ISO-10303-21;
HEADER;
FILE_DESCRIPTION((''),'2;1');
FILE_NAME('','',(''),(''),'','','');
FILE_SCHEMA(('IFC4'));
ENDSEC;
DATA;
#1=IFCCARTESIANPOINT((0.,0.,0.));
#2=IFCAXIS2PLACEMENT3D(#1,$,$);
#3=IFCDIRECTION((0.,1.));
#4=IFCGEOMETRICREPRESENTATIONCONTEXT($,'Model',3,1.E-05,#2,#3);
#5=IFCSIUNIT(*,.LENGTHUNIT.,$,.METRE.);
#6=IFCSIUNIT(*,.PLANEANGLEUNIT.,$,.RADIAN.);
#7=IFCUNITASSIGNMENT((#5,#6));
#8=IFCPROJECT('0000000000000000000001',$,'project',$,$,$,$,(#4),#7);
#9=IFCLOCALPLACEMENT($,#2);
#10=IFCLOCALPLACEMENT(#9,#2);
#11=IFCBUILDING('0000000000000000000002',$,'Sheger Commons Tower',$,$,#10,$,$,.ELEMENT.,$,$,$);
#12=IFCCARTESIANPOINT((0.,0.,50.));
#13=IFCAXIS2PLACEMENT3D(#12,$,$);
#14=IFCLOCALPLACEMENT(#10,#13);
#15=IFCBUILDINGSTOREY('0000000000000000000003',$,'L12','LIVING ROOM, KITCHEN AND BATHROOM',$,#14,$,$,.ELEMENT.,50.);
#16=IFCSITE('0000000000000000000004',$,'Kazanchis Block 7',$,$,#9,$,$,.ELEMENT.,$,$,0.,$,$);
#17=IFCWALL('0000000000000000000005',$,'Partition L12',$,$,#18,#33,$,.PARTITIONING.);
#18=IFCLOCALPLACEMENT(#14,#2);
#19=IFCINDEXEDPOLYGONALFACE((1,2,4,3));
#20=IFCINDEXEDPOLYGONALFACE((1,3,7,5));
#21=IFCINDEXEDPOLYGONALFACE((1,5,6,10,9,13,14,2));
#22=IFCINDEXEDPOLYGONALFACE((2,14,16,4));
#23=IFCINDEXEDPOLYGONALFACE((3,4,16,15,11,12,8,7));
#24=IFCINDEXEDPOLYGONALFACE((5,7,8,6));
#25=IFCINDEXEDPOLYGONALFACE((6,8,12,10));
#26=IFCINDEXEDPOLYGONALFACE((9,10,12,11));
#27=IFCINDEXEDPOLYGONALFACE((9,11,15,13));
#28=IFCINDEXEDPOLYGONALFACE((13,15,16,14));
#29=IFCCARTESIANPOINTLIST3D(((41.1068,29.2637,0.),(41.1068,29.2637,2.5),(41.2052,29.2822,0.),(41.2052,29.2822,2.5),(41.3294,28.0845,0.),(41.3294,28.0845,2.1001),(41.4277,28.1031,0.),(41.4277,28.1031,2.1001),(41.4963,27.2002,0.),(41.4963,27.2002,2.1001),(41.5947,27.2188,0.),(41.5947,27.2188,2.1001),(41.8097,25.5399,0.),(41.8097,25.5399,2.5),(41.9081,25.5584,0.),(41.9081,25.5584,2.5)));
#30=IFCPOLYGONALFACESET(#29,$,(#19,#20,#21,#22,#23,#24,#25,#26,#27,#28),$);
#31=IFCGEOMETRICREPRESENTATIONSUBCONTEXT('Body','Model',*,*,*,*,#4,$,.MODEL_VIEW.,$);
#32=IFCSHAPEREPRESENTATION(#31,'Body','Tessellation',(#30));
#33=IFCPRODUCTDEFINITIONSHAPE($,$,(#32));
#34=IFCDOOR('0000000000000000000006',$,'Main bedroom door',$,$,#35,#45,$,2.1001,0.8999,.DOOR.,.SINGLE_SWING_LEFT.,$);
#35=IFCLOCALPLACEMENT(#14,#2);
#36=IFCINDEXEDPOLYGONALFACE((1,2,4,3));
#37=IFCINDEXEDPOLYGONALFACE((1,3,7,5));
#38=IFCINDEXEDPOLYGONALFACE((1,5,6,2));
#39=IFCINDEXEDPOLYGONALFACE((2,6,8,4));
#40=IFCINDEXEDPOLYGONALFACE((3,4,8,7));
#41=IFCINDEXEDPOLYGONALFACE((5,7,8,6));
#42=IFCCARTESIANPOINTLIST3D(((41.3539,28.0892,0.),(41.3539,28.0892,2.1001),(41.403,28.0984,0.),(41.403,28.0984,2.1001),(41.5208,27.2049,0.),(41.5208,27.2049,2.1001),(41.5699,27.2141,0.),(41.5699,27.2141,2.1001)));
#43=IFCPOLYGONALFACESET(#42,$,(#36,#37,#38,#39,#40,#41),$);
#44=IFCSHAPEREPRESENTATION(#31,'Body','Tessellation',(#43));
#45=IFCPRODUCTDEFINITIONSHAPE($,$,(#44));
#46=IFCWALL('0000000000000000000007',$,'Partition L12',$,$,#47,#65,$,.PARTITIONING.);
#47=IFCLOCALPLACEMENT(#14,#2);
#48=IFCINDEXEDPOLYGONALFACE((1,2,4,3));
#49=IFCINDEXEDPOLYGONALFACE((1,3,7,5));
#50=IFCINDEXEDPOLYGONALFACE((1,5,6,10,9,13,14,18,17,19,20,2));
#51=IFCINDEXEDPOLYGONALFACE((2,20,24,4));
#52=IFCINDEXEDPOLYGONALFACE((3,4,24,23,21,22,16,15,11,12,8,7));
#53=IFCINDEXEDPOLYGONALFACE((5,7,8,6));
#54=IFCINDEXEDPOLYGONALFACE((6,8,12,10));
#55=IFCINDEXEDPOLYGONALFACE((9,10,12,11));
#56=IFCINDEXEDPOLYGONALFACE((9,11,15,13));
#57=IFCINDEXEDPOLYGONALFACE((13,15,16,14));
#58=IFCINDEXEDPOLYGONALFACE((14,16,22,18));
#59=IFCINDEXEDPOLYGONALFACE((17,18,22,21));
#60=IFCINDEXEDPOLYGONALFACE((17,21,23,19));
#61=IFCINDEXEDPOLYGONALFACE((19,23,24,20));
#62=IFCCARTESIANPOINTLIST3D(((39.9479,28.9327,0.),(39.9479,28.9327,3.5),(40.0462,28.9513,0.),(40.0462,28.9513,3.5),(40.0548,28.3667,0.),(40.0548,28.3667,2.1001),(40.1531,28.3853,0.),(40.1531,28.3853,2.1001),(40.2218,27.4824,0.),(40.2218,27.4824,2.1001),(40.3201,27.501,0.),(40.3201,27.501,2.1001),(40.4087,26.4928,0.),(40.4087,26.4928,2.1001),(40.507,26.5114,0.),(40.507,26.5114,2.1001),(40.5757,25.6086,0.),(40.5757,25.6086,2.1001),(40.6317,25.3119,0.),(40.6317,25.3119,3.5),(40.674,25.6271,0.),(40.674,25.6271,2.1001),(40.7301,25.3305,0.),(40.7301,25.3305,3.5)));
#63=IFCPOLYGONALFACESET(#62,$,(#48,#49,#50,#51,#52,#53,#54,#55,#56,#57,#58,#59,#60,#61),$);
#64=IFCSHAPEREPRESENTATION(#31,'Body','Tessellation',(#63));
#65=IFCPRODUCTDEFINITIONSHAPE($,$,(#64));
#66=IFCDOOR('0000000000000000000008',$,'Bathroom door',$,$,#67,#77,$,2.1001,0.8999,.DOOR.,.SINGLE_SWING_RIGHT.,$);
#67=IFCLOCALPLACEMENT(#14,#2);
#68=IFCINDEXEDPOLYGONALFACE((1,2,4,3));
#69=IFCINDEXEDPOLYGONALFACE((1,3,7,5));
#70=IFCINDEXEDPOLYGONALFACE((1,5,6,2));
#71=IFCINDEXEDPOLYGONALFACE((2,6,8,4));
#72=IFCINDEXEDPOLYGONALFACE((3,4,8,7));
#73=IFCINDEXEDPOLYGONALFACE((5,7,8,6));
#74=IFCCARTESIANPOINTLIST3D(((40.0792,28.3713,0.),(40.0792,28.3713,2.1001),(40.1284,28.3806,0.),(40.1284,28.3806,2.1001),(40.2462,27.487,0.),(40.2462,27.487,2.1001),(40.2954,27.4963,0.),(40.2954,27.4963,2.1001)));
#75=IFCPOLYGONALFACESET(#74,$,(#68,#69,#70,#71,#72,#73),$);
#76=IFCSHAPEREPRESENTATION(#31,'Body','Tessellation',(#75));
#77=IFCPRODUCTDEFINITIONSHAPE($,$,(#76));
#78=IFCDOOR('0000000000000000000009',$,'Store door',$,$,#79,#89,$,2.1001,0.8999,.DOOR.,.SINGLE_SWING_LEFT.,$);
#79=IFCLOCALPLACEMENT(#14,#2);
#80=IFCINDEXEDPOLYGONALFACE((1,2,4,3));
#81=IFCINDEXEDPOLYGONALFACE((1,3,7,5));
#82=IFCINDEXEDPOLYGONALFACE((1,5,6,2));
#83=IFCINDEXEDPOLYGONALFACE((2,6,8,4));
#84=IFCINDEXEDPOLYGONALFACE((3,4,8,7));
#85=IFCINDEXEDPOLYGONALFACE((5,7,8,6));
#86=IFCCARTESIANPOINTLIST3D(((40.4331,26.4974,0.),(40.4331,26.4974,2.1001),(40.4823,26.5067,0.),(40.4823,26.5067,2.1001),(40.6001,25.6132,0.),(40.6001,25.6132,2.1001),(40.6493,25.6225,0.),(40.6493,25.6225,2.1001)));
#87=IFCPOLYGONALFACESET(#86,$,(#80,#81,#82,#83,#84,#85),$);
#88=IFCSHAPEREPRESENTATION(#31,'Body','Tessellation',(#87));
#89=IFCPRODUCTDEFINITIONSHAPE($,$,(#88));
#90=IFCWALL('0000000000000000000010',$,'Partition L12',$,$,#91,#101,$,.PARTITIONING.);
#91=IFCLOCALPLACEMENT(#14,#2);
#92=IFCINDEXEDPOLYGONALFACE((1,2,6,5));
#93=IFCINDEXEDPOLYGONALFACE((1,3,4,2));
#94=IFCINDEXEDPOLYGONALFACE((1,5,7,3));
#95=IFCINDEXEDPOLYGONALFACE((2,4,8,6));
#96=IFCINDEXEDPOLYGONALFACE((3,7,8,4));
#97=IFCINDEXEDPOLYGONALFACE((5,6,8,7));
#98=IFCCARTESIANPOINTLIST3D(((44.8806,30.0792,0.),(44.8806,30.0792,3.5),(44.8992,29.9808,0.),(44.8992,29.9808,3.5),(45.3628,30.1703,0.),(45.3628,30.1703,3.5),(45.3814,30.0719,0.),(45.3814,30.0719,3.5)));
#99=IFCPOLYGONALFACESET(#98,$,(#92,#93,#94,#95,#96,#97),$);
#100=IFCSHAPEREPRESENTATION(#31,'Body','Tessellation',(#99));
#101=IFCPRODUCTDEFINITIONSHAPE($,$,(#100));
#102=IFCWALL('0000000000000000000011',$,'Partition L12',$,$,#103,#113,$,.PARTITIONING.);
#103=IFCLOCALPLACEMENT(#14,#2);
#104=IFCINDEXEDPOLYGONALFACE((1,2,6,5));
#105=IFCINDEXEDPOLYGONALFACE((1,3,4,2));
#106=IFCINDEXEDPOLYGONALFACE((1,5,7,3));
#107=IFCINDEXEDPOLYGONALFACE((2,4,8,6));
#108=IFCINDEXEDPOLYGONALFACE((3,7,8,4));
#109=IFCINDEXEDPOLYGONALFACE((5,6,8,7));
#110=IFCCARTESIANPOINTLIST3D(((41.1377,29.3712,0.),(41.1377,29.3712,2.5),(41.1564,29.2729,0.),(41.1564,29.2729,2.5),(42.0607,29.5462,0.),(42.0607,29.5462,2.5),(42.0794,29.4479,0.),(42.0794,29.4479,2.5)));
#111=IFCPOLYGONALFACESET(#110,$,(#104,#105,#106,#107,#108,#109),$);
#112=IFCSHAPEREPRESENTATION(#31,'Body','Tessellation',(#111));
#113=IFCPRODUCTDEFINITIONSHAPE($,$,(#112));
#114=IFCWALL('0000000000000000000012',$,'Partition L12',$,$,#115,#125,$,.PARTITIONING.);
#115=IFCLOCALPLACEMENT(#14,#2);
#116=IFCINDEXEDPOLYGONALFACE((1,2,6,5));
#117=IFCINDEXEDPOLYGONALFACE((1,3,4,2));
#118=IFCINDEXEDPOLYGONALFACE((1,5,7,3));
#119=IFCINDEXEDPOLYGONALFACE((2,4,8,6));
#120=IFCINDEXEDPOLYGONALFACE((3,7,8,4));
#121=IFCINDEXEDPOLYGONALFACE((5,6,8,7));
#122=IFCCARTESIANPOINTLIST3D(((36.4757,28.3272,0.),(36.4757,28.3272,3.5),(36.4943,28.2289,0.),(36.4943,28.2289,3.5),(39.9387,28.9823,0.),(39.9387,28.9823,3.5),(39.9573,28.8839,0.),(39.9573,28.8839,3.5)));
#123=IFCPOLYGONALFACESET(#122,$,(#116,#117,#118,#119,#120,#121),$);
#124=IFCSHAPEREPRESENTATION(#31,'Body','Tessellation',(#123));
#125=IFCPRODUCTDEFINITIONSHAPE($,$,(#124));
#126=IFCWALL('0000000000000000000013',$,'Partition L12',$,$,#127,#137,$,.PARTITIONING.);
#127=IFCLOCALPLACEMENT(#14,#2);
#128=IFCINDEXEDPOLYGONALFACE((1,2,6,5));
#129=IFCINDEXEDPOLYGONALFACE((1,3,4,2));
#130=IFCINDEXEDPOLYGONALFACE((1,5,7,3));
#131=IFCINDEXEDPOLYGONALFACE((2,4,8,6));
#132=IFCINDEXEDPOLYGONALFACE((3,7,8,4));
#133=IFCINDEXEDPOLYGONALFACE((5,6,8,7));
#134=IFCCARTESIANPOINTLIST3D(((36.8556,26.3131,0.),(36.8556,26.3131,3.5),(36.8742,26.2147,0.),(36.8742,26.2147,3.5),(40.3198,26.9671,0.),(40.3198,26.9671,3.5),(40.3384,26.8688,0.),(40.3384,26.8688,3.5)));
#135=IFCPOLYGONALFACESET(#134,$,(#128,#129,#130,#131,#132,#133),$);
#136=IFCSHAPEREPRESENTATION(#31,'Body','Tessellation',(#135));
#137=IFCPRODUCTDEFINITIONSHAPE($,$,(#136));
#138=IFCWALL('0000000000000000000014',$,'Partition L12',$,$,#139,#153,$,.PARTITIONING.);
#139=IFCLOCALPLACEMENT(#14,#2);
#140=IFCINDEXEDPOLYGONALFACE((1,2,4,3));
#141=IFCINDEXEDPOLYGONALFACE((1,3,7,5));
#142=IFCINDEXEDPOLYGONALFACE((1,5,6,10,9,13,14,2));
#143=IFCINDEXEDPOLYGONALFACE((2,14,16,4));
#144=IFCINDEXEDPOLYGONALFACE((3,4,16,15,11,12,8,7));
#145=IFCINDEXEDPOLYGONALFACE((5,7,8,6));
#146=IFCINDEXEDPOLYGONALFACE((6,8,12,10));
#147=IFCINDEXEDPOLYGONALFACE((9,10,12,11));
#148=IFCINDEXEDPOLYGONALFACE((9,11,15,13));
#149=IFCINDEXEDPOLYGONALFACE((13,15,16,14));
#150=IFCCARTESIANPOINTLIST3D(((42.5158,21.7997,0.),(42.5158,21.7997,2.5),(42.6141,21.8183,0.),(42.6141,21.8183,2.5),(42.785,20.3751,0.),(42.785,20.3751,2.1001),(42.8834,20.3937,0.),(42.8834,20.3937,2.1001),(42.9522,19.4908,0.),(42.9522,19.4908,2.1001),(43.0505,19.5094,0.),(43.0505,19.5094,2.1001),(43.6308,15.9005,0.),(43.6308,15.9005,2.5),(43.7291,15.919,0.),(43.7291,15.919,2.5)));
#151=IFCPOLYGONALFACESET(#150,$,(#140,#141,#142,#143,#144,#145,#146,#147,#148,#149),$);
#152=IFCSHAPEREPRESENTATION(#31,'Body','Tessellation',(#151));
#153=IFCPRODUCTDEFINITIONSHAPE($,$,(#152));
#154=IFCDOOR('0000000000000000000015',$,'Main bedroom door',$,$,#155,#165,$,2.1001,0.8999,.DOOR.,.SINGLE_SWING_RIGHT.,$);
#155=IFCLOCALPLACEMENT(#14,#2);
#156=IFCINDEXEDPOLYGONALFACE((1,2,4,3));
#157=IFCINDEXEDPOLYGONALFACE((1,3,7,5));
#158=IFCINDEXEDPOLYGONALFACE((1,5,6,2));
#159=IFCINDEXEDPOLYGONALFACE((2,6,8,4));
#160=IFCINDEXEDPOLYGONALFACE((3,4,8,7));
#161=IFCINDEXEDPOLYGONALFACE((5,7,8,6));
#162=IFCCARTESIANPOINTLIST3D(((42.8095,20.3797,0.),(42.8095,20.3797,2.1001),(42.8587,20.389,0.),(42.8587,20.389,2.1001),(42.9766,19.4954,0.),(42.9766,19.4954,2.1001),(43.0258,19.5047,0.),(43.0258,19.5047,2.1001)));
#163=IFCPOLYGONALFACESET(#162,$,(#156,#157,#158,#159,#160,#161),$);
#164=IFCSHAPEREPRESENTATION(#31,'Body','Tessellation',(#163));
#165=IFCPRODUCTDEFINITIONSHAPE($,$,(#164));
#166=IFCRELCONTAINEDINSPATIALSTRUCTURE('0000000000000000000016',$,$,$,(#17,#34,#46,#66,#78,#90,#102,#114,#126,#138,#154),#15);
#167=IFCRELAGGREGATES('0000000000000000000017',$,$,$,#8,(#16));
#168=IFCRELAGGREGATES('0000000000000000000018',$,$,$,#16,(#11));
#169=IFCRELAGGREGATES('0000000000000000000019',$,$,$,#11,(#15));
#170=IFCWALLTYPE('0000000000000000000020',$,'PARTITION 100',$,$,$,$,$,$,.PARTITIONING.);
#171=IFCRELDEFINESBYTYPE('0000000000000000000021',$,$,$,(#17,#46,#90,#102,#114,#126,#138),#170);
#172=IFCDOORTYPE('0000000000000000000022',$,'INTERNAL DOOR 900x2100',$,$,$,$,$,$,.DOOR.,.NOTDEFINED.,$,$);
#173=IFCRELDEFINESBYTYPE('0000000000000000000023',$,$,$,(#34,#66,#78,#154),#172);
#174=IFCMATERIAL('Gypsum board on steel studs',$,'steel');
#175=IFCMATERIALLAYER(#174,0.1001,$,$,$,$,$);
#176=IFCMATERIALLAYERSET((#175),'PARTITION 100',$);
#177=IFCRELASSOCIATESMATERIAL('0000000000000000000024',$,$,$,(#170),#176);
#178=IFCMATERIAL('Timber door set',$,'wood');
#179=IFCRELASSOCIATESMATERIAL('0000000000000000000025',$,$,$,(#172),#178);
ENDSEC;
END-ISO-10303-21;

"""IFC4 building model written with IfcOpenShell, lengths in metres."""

from ifc_helpers import new_model, si_unit, direction, frame, frame_2d, origin, place, context, subcontext, project, spatial, rectangle, extrude, material, layer, layer_set, type_object, element, fill, save


model = new_model("IFC4")

# Units and contexts
model_context = context("Model", 3, precision=1e-05, world=origin(), true_north=direction((0.0, 1.0)))
body_context = subcontext(model_context, "Body", "Model", "MODEL_VIEW")
ifc_project = project(units=[si_unit("LENGTHUNIT", "METRE"), si_unit("PLANEANGLEUNIT", "RADIAN")], contexts=[model_context])

# Site, building, storey
site_placement = place(None, origin())
site = spatial("IfcSite", under=ifc_project, at=site_placement, Name="Kazanchis Block 7", CompositionType="ELEMENT", RefElevation=0.0)
building_placement = place(site_placement, origin())
building = spatial("IfcBuilding", under=site, at=building_placement, Name="Sheger Commons Tower", CompositionType="ELEMENT")
storey_placement = place(building_placement, frame((0.0, 0.0, 50.0)))
storey = spatial("IfcBuildingStorey", under=building, at=storey_placement, Name="L12", Description="LIVING ROOM, KITCHEN AND BATHROOM", CompositionType="ELEMENT", Elevation=50.0)

# Shared definitions
ifc_material_1 = material(Name="Gypsum board on steel studs", Category="steel")
ifc_layer_1 = layer(ifc_material_1, 0.1001)
ifc_layer_set_1 = layer_set([ifc_layer_1], Name="PARTITION 100")
wall_type_1 = type_object("IfcWallType", Name="PARTITION 100", PredefinedType="PARTITIONING", material=ifc_layer_set_1)

# Wall, opening, door
wall_1_placement = place(storey_placement, frame((41.156, 29.2729, 0.0), z_axis=(0.0, 0.0, 1.0), x_axis=(0.185475, -0.982649, 0.0)))
wall_1 = element("IfcWall", 1, at=wall_1_placement, inside=storey, type_object=wall_type_1, Name="Partition L12", PredefinedType="PARTITIONING", context=body_context, shape_type="SweptSolid", body=[
    extrude(rectangle(XDim=3.7896, YDim=0.1001, at=frame_2d((1.8948, 0.0))), origin(), (0.0, 0.0, 1.0), 2.5),
])
opening_1_placement = place(wall_1_placement, frame((1.2, 0.0, 0.0)))
opening_1 = element("IfcOpeningElement", 2, at=opening_1_placement, cuts=wall_1, PredefinedType="OPENING", context=body_context, shape_type="SweptSolid", body=[
    extrude(rectangle(XDim=0.8999, YDim=2.1001, at=frame_2d((0.45, 1.05))), frame((0.0, 0.0601, 0.0), z_axis=(0.0, -1.0, 0.0), x_axis=(1.0, 0.0, 0.0)), (0.0, 0.0, 1.0), 0.1201),
])
ifc_material_2 = material(Name="Timber door set", Category="wood")
door_type = type_object("IfcDoorType", Name="INTERNAL DOOR 900x2100", OperationType="NOTDEFINED", PredefinedType="DOOR", material=ifc_material_2)
door_1_placement = place(opening_1_placement, origin())
door_1 = element("IfcDoor", 3, at=door_1_placement, inside=storey, type_object=door_type, Name="Main bedroom door", OperationType="SINGLE_SWING_LEFT", OverallHeight=2.1001, OverallWidth=0.8999, PredefinedType="DOOR", context=body_context, shape_type="SweptSolid", body=[
    extrude(rectangle(XDim=0.8999, YDim=2.1001, at=frame_2d((0.45, 1.05))), frame((0.0, 0.0249, 0.0), z_axis=(0.0, -1.0, 0.0), x_axis=(1.0, 0.0, 0.0)), (0.0, 0.0, 1.0), 0.05),
])
fill(opening_1, door_1)

# Wall, openings, doors
wall_2_placement = place(storey_placement, frame((39.9971, 28.9419, 0.0), z_axis=(0.0, 0.0, 1.0), x_axis=(0.18558, -0.982629, 0.0)))
wall_2 = element("IfcWall", 4, at=wall_2_placement, inside=storey, type_object=wall_type_1, Name="Partition L12", PredefinedType="PARTITIONING", context=body_context, shape_type="SweptSolid", body=[
    extrude(rectangle(XDim=3.6848, YDim=0.1001, at=frame_2d((1.8423, 0.0))), origin(), (0.0, 0.0, 1.0), 3.5),
])
opening_2_placement = place(wall_2_placement, frame((0.5759, 0.0, 0.0)))
opening_2 = element("IfcOpeningElement", 5, at=opening_2_placement, cuts=wall_2, PredefinedType="OPENING", context=body_context, shape_type="SweptSolid", body=[
    extrude(rectangle(XDim=0.8999, YDim=2.1001, at=frame_2d((0.45, 1.05))), frame((0.0, 0.0601, 0.0), z_axis=(0.0, -1.0, 0.0), x_axis=(1.0, 0.0, 0.0)), (0.0, 0.0, 1.0), 0.1201),
])
opening_3_placement = place(wall_2_placement, frame((2.4829, 0.0, 0.0)))
opening_3 = element("IfcOpeningElement", 6, at=opening_3_placement, cuts=wall_2, PredefinedType="OPENING", context=body_context, shape_type="SweptSolid", body=[
    extrude(rectangle(XDim=0.8999, YDim=2.1001, at=frame_2d((0.45, 1.05))), frame((0.0, 0.0601, 0.0), z_axis=(0.0, -1.0, 0.0), x_axis=(1.0, 0.0, 0.0)), (0.0, 0.0, 1.0), 0.1201),
])
door_2_placement = place(opening_2_placement, origin())
door_2 = element("IfcDoor", 7, at=door_2_placement, inside=storey, type_object=door_type, Name="Bathroom door", OperationType="SINGLE_SWING_RIGHT", OverallHeight=2.1001, OverallWidth=0.8999, PredefinedType="DOOR", context=body_context, shape_type="SweptSolid", body=[
    extrude(rectangle(XDim=0.8999, YDim=2.1001, at=frame_2d((0.45, 1.05))), frame((0.0, 0.0249, 0.0), z_axis=(0.0, -1.0, 0.0), x_axis=(1.0, 0.0, 0.0)), (0.0, 0.0, 1.0), 0.05),
])
fill(opening_2, door_2)
door_3_placement = place(opening_3_placement, origin())
door_3 = element("IfcDoor", 8, at=door_3_placement, inside=storey, type_object=door_type, Name="Store door", OperationType="SINGLE_SWING_LEFT", OverallHeight=2.1001, OverallWidth=0.8999, PredefinedType="DOOR", context=body_context, shape_type="SweptSolid", body=[
    extrude(rectangle(XDim=0.8999, YDim=2.1001, at=frame_2d((0.45, 1.05))), frame((0.0, 0.0249, 0.0), z_axis=(0.0, -1.0, 0.0), x_axis=(1.0, 0.0, 0.0)), (0.0, 0.0, 1.0), 0.05),
])
fill(opening_3, door_3)

# Walls
wall_3_placement = place(storey_placement, frame((45.3721, 30.1211, 0.0), z_axis=(0.0, 0.0, 1.0), x_axis=(-0.982629, -0.18558, 0.0)))
element("IfcWall", 9, at=wall_3_placement, inside=storey, type_object=wall_type_1, Name="Partition L12", PredefinedType="PARTITIONING", context=body_context, shape_type="SweptSolid", body=[
    extrude(rectangle(XDim=0.4907, YDim=0.1001, at=frame_2d((0.2454, 0.0))), origin(), (0.0, 0.0, 1.0), 3.5),
])
wall_4_placement = place(storey_placement, frame((42.0701, 29.4971, 0.0), z_axis=(0.0, 0.0, 1.0), x_axis=(-0.982491, -0.186312, 0.0)))
element("IfcWall", 10, at=wall_4_placement, inside=storey, type_object=wall_type_1, Name="Partition L12", PredefinedType="PARTITIONING", context=body_context, shape_type="SweptSolid", body=[
    extrude(rectangle(XDim=0.9395, YDim=0.1001, at=frame_2d((0.4697, 0.0))), origin(), (0.0, 0.0, 1.0), 2.5),
])
wall_5_placement = place(storey_placement, frame((39.948, 28.9331, 0.0), z_axis=(0.0, 0.0, 1.0), x_axis=(-0.982576, -0.185861, 0.0)))
element("IfcWall", 11, at=wall_5_placement, inside=storey, type_object=wall_type_1, Name="Partition L12", PredefinedType="PARTITIONING", context=body_context, shape_type="SweptSolid", body=[
    extrude(rectangle(XDim=3.5244, YDim=0.1001, at=frame_2d((1.7622, 0.0))), origin(), (0.0, 0.0, 1.0), 3.5),
])
wall_6_placement = place(storey_placement, frame((40.3291, 26.918, 0.0), z_axis=(0.0, 0.0, 1.0), x_axis=(-0.982639, -0.18553, 0.0)))
element("IfcWall", 12, at=wall_6_placement, inside=storey, type_object=wall_type_1, Name="Partition L12", PredefinedType="PARTITIONING", context=body_context, shape_type="SweptSolid", body=[
    extrude(rectangle(XDim=3.5254, YDim=0.1001, at=frame_2d((1.7627, 0.0))), origin(), (0.0, 0.0, 1.0), 3.5),
])

# Wall, opening, door
wall_7_placement = place(storey_placement, frame((42.5649, 21.8091, 0.0), z_axis=(0.0, 0.0, 1.0), x_axis=(0.18572, -0.982603, 0.0)))
wall_7 = element("IfcWall", 13, at=wall_7_placement, inside=storey, type_object=wall_type_1, Name="Partition L12", PredefinedType="PARTITIONING", context=body_context, shape_type="SweptSolid", body=[
    extrude(rectangle(XDim=6.0037, YDim=0.1001, at=frame_2d((3.002, 0.0))), origin(), (0.0, 0.0, 1.0), 2.5),
])
opening_4_placement = place(wall_7_placement, frame((1.45, 0.0, 0.0)))
opening_4 = element("IfcOpeningElement", 14, at=opening_4_placement, cuts=wall_7, PredefinedType="OPENING", context=body_context, shape_type="SweptSolid", body=[
    extrude(rectangle(XDim=0.8999, YDim=2.1001, at=frame_2d((0.45, 1.05))), frame((0.0, 0.0601, 0.0), z_axis=(0.0, -1.0, 0.0), x_axis=(1.0, 0.0, 0.0)), (0.0, 0.0, 1.0), 0.1201),
])
door_4_placement = place(opening_4_placement, origin())
door_4 = element("IfcDoor", 15, at=door_4_placement, inside=storey, type_object=door_type, Name="Main bedroom door", OperationType="SINGLE_SWING_RIGHT", OverallHeight=2.1001, OverallWidth=0.8999, PredefinedType="DOOR", context=body_context, shape_type="SweptSolid", body=[
    extrude(rectangle(XDim=0.8999, YDim=2.1001, at=frame_2d((0.45, 1.05))), frame((0.0, 0.0249, 0.0), z_axis=(0.0, -1.0, 0.0), x_axis=(1.0, 0.0, 0.0)), (0.0, 0.0, 1.0), 0.05),
])
fill(opening_4, door_4)

save(model, "model.ifc")
